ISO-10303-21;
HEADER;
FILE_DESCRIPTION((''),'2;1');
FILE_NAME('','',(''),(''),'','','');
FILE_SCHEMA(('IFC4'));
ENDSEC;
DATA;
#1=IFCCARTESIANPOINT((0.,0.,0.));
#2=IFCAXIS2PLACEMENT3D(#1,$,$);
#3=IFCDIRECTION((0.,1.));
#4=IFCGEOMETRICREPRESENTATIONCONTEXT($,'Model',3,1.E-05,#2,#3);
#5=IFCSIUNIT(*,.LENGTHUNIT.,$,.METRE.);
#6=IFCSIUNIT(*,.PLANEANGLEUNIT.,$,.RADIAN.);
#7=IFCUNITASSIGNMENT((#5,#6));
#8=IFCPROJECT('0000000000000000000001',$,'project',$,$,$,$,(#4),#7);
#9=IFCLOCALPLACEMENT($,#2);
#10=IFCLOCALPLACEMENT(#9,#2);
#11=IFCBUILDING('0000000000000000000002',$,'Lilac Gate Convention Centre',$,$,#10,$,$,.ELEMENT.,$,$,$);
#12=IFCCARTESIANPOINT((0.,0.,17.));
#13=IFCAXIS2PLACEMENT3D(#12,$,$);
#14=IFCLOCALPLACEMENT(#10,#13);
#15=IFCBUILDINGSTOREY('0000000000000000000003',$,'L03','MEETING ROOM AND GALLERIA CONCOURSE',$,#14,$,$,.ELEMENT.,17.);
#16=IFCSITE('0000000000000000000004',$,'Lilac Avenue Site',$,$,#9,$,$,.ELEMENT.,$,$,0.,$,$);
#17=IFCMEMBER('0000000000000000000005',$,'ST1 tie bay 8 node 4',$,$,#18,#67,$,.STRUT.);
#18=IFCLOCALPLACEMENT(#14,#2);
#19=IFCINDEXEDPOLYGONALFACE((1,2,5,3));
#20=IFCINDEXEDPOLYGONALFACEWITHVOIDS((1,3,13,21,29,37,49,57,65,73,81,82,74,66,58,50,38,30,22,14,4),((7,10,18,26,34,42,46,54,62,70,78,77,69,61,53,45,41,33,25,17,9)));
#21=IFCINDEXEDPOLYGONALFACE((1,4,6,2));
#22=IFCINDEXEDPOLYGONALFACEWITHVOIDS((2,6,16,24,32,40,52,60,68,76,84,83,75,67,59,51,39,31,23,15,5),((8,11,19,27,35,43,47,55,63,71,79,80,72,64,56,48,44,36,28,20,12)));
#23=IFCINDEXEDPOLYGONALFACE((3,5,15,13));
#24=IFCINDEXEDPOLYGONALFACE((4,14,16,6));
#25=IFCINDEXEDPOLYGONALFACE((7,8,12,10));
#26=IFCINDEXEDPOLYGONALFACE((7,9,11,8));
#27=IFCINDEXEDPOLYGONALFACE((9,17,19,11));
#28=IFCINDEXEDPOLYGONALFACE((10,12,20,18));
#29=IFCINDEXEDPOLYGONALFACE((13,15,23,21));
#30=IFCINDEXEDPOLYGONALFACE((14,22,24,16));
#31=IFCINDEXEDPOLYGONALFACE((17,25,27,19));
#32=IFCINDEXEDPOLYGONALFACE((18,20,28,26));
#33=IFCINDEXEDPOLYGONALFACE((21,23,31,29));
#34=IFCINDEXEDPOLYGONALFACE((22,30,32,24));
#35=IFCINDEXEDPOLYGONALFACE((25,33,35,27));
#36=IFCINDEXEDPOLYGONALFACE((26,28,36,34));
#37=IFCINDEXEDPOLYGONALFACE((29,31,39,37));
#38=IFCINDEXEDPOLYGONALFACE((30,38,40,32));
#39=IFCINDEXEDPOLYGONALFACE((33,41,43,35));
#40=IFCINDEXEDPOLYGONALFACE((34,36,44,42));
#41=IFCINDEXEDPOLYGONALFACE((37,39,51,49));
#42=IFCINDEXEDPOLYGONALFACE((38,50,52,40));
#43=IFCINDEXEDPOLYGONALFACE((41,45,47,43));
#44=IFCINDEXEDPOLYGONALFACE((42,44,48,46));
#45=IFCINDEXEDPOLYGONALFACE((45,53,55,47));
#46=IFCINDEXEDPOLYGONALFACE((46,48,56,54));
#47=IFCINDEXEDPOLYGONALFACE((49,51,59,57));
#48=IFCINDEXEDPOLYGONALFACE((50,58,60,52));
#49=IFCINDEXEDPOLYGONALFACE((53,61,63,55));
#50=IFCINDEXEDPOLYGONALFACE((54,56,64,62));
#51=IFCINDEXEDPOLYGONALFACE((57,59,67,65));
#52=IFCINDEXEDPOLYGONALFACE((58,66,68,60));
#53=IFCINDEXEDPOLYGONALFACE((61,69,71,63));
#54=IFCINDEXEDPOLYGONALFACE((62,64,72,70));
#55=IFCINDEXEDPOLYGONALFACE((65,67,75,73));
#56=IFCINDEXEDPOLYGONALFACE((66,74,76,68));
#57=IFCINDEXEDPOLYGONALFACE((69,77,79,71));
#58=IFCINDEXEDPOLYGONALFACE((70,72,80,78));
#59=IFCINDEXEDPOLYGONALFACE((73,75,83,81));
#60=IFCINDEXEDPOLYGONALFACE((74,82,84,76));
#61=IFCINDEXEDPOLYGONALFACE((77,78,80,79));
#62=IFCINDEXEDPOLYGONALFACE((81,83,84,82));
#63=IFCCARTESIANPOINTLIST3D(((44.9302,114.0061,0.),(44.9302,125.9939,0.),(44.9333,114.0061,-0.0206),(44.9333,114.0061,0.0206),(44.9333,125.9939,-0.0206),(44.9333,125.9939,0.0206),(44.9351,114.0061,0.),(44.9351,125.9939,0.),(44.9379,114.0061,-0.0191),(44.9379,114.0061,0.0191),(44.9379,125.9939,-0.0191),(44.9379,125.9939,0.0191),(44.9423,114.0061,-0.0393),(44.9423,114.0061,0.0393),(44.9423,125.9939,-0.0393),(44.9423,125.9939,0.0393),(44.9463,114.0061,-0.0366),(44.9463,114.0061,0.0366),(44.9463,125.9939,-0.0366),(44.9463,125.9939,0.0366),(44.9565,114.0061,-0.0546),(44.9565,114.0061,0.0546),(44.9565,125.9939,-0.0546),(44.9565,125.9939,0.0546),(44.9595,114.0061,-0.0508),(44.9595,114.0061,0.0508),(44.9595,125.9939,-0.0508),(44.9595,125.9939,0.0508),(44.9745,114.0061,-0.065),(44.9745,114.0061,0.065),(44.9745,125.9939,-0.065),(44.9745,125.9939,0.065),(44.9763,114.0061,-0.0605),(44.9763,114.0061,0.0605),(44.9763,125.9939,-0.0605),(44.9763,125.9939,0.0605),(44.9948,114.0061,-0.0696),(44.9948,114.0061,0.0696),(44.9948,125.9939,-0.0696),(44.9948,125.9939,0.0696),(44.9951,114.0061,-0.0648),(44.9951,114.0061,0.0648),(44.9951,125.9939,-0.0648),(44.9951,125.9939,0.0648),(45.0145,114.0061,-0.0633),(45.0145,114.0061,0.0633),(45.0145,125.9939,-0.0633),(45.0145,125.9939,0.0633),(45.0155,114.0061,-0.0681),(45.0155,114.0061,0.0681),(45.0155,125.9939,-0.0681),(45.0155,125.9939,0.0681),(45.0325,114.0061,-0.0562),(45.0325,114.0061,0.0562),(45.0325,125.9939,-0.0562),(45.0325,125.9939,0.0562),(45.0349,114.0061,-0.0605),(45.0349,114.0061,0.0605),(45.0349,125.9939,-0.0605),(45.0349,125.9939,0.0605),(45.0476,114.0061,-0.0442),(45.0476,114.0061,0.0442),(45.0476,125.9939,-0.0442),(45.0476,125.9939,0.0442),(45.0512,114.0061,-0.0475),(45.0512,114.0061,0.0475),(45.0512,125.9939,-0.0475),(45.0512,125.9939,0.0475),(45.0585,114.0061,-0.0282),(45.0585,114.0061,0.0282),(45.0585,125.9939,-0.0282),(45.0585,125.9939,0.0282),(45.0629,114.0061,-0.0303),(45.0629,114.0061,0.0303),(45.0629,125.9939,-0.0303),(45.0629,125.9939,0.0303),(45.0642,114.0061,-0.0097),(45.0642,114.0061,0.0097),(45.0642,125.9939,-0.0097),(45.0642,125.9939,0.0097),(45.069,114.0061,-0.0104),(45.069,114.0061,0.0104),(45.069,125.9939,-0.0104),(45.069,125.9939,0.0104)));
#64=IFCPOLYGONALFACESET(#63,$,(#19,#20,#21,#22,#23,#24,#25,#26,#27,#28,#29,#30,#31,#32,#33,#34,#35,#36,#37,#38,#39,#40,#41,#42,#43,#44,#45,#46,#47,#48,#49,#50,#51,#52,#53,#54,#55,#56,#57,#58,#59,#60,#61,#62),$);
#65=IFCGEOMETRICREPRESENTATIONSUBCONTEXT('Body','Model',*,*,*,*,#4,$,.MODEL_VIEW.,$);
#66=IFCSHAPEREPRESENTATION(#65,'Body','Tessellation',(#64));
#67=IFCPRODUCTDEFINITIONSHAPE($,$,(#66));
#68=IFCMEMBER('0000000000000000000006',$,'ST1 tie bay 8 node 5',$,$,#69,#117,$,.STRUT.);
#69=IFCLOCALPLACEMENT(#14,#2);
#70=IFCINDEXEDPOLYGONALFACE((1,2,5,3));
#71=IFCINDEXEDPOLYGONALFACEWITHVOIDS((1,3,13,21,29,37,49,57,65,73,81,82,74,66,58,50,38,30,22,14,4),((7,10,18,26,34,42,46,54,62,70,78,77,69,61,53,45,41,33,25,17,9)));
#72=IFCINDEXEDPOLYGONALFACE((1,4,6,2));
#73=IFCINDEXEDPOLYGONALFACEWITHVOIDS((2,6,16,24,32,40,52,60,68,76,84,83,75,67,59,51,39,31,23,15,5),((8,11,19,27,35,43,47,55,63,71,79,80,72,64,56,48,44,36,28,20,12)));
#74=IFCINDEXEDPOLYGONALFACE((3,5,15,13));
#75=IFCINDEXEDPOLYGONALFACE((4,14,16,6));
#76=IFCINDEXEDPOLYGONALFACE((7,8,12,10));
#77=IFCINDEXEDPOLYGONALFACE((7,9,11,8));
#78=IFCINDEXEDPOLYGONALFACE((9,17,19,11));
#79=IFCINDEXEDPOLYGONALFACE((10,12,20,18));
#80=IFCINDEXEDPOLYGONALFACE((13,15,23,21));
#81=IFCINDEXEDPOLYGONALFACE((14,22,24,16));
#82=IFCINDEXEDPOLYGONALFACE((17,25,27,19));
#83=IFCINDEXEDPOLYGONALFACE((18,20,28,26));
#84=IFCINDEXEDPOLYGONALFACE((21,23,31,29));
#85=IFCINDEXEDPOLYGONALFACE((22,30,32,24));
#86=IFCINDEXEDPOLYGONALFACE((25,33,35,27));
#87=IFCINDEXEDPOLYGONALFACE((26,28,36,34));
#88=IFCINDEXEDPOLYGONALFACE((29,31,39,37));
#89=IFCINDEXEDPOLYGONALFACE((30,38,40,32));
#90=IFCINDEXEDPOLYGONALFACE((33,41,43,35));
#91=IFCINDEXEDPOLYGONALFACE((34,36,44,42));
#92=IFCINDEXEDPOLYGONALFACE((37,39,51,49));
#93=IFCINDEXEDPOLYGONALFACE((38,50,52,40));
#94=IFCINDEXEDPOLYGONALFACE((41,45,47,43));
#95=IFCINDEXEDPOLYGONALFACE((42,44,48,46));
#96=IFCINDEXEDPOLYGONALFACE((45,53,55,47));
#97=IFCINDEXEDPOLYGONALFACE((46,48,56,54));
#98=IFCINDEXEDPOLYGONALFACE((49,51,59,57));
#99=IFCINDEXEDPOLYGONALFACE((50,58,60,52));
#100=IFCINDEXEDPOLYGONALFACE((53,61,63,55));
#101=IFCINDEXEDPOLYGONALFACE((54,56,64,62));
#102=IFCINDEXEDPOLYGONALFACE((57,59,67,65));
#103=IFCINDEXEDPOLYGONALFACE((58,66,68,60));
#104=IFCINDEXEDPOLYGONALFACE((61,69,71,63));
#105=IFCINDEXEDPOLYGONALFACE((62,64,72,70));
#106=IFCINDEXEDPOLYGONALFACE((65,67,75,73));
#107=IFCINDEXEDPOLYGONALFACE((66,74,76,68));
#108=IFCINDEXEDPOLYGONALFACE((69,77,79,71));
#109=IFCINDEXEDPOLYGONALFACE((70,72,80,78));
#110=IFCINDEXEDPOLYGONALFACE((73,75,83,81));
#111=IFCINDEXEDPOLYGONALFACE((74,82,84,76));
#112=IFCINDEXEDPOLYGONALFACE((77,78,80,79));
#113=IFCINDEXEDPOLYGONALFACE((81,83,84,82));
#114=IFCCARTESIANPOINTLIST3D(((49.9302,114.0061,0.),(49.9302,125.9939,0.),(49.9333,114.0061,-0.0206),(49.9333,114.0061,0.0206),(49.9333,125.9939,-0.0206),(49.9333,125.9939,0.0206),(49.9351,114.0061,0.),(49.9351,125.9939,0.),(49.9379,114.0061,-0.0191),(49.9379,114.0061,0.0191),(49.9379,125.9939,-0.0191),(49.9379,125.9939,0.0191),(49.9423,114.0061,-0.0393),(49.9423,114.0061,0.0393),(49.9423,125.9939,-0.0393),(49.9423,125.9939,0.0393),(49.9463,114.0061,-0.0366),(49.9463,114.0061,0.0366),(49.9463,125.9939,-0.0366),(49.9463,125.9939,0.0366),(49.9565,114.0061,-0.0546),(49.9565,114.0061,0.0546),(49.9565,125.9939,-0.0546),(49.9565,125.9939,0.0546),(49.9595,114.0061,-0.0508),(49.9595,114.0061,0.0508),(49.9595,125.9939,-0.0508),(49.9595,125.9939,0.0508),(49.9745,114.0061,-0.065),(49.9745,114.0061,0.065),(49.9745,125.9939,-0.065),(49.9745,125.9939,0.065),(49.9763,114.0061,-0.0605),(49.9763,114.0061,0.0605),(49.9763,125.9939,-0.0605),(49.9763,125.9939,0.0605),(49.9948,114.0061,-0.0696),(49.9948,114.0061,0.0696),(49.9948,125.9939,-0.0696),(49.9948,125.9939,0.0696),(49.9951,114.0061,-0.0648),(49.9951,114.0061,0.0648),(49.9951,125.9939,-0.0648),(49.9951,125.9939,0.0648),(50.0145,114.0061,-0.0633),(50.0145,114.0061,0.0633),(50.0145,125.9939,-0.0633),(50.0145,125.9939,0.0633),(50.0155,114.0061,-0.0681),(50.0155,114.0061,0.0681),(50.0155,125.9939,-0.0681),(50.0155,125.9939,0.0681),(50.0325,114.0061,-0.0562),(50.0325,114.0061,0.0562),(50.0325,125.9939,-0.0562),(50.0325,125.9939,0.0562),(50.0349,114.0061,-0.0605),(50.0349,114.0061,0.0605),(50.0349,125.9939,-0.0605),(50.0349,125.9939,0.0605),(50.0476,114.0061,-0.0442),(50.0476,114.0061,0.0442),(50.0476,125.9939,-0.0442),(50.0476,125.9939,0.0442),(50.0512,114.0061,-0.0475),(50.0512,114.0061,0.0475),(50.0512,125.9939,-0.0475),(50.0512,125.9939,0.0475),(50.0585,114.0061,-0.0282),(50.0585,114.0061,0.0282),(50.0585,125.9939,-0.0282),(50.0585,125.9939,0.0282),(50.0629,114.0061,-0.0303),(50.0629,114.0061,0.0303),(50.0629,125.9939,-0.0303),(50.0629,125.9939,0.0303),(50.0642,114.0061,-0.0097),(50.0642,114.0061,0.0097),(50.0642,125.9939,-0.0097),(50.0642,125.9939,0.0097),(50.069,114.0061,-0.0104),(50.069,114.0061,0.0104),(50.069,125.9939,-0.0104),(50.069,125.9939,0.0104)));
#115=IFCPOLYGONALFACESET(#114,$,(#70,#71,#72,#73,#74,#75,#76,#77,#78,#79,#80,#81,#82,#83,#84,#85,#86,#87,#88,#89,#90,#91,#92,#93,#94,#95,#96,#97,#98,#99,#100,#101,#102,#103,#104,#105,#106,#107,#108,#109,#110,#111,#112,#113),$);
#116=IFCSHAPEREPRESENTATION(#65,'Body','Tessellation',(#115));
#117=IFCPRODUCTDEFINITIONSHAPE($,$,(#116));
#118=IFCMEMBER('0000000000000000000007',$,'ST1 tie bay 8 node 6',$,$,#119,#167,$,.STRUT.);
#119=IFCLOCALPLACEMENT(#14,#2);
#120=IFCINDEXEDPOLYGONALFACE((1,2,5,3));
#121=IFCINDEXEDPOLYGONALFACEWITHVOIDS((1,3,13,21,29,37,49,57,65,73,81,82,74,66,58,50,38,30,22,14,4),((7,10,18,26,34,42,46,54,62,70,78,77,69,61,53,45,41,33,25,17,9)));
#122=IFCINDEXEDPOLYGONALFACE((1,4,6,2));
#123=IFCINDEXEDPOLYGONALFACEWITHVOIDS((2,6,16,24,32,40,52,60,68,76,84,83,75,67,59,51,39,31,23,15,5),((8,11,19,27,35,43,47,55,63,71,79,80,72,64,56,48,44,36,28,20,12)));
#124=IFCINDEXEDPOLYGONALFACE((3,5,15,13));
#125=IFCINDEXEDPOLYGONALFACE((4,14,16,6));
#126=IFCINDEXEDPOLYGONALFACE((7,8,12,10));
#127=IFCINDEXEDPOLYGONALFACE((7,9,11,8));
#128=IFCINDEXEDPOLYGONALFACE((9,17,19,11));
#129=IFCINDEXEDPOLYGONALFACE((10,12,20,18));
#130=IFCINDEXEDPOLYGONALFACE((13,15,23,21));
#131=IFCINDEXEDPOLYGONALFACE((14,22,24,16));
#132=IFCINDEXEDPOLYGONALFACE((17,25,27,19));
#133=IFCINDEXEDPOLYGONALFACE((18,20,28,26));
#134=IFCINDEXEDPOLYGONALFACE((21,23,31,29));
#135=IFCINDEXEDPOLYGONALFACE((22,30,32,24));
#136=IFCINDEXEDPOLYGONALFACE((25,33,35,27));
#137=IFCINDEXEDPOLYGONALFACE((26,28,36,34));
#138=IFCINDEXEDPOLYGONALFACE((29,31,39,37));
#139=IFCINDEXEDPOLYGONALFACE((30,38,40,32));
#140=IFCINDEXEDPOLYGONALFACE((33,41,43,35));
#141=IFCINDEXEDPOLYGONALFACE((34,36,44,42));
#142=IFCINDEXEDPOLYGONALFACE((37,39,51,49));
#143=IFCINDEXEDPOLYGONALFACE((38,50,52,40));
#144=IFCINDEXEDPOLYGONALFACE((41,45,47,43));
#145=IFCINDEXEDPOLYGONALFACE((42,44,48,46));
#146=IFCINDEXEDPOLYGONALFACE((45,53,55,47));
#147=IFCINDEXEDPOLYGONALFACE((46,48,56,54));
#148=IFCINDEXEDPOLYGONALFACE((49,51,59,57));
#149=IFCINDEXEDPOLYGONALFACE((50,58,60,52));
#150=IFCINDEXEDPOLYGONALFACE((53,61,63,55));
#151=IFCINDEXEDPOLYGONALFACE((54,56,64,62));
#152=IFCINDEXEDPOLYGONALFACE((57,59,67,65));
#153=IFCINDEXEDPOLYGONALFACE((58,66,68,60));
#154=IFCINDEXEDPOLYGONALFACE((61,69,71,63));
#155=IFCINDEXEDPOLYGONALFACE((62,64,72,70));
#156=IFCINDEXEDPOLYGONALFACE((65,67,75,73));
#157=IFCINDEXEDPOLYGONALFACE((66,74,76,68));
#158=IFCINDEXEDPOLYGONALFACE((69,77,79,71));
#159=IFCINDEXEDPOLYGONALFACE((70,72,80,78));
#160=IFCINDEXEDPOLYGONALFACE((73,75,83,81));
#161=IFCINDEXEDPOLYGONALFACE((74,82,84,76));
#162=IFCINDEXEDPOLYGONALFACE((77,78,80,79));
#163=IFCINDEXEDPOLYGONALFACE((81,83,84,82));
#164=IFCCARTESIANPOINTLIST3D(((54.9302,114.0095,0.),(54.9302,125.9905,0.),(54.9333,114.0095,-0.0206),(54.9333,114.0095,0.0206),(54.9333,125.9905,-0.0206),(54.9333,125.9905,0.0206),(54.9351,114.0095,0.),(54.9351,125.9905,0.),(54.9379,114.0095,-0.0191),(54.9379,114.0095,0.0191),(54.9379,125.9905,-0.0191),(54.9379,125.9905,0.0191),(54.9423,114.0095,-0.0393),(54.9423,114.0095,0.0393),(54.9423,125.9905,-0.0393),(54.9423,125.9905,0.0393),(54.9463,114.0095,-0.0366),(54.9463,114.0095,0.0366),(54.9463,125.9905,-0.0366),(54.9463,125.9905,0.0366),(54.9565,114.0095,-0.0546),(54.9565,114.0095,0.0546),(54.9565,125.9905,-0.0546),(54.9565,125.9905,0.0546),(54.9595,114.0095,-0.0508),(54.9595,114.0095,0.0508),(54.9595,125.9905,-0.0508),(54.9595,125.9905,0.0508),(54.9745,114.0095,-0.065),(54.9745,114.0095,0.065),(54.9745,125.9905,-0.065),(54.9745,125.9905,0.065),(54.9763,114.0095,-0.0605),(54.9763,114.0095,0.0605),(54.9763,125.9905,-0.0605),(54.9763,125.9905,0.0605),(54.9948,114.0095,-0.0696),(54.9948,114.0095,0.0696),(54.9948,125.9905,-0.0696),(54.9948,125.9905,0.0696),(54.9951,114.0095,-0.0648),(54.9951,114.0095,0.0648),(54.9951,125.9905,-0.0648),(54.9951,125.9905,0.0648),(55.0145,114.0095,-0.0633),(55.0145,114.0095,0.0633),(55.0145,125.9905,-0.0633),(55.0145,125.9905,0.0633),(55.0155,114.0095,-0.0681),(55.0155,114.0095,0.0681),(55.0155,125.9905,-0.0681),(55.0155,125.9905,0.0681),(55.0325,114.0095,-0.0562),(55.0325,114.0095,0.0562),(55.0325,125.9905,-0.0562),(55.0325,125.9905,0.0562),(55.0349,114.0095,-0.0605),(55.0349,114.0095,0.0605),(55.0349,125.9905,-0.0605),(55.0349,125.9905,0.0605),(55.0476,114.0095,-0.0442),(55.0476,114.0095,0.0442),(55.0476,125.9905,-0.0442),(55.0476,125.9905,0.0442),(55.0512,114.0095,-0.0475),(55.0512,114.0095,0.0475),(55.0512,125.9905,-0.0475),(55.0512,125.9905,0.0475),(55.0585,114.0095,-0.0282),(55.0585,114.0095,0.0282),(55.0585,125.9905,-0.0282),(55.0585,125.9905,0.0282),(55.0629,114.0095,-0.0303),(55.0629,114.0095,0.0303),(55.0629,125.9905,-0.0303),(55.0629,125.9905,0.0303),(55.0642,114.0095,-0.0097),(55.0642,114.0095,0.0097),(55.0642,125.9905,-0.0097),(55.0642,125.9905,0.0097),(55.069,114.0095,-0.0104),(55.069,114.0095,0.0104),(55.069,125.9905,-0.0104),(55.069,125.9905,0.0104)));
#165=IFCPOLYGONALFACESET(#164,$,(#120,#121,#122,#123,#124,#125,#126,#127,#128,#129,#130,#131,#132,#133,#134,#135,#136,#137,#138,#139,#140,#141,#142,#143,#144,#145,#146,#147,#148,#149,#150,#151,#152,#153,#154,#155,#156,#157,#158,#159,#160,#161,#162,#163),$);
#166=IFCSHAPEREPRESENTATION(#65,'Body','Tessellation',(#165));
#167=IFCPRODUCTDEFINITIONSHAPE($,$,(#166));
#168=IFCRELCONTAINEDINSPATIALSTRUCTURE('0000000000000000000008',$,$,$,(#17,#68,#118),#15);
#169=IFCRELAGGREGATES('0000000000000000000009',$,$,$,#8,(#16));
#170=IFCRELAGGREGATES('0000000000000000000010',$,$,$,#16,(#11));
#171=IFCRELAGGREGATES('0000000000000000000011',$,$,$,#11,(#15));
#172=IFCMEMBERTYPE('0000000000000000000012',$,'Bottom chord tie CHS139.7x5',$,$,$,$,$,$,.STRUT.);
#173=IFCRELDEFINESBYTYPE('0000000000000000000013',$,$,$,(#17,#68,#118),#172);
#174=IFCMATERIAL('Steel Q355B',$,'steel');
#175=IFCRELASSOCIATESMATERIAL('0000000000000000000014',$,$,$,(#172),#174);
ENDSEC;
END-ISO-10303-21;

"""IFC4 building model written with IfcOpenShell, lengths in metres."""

from ifc_helpers import new_model, si_unit, direction, frame, origin, origin_2d, place, context, subcontext, project, spatial, hollow_circle, extrude, material, material_profile, profile_set, type_object, element, save


model = new_model("IFC4")

# Units and contexts
model_context = context("Model", 3, precision=1e-05, world=origin(), true_north=direction((0.0, 1.0)))
body_context = subcontext(model_context, "Body", "Model", "MODEL_VIEW")
ifc_project = project(units=[si_unit("LENGTHUNIT", "METRE"), si_unit("PLANEANGLEUNIT", "RADIAN")], contexts=[model_context])

# Site, building, storey
site_placement = place(None, origin())
site = spatial("IfcSite", under=ifc_project, at=site_placement, Name="Lilac Avenue Site", CompositionType="ELEMENT", RefElevation=0.0)
building_placement = place(site_placement, origin())
building = spatial("IfcBuilding", under=site, at=building_placement, Name="Lilac Gate Convention Centre", CompositionType="ELEMENT")
storey_placement = place(building_placement, frame((0.0, 0.0, 17.0)))
storey = spatial("IfcBuildingStorey", under=building, at=storey_placement, Name="L03", Description="MEETING ROOM AND GALLERIA CONCOURSE", CompositionType="ELEMENT", Elevation=17.0)

# Members
ifc_material = material(Name="Steel Q355B", Category="steel")
ifc_material_profile_1 = material_profile(ifc_material, hollow_circle(Radius=0.0698, WallThickness=0.0049, at=origin_2d()), Name="CHS139.7x5")
ifc_profile_set_1 = profile_set([ifc_material_profile_1], Name="Steel Q355B")
member_type_1 = type_object("IfcMemberType", Name="Bottom chord tie CHS139.7x5", PredefinedType="STRUT", material=ifc_profile_set_1)
for number, where, z_axis, x_axis, name in (
    (1, (45.0, 114.0061, 0.0), (0.0, 1.0, 0.0), (-1.0, 0.0, 0.0), "ST1 tie bay 8 node 4"),
    (2, (50.0, 114.0061, 0.0), (0.0, 1.0, 0.0), (-1.0, 0.0, 0.0), "ST1 tie bay 8 node 5"),
):
    element("IfcMember", number, at=place(storey_placement, frame(where, z_axis=z_axis, x_axis=x_axis)), inside=storey, type_object=member_type_1, Name=name, PredefinedType="STRUT", context=body_context, shape_type="SweptSolid", body=[
        extrude(hollow_circle(Radius=0.0698, WallThickness=0.0049, at=origin_2d()), origin(), (0.0, 0.0, 1.0), 11.9878),
    ])
member_1_placement = place(storey_placement, frame((55.0, 114.0095, 0.0), z_axis=(0.0, 1.0, 0.0), x_axis=(-1.0, 0.0, 0.0)))
element("IfcMember", 3, at=member_1_placement, inside=storey, type_object=member_type_1, Name="ST1 tie bay 8 node 6", PredefinedType="STRUT", context=body_context, shape_type="SweptSolid", body=[
    extrude(hollow_circle(Radius=0.0698, WallThickness=0.0049, at=origin_2d()), origin(), (0.0, 0.0, 1.0), 11.981),
])

save(model, "model.ifc")
